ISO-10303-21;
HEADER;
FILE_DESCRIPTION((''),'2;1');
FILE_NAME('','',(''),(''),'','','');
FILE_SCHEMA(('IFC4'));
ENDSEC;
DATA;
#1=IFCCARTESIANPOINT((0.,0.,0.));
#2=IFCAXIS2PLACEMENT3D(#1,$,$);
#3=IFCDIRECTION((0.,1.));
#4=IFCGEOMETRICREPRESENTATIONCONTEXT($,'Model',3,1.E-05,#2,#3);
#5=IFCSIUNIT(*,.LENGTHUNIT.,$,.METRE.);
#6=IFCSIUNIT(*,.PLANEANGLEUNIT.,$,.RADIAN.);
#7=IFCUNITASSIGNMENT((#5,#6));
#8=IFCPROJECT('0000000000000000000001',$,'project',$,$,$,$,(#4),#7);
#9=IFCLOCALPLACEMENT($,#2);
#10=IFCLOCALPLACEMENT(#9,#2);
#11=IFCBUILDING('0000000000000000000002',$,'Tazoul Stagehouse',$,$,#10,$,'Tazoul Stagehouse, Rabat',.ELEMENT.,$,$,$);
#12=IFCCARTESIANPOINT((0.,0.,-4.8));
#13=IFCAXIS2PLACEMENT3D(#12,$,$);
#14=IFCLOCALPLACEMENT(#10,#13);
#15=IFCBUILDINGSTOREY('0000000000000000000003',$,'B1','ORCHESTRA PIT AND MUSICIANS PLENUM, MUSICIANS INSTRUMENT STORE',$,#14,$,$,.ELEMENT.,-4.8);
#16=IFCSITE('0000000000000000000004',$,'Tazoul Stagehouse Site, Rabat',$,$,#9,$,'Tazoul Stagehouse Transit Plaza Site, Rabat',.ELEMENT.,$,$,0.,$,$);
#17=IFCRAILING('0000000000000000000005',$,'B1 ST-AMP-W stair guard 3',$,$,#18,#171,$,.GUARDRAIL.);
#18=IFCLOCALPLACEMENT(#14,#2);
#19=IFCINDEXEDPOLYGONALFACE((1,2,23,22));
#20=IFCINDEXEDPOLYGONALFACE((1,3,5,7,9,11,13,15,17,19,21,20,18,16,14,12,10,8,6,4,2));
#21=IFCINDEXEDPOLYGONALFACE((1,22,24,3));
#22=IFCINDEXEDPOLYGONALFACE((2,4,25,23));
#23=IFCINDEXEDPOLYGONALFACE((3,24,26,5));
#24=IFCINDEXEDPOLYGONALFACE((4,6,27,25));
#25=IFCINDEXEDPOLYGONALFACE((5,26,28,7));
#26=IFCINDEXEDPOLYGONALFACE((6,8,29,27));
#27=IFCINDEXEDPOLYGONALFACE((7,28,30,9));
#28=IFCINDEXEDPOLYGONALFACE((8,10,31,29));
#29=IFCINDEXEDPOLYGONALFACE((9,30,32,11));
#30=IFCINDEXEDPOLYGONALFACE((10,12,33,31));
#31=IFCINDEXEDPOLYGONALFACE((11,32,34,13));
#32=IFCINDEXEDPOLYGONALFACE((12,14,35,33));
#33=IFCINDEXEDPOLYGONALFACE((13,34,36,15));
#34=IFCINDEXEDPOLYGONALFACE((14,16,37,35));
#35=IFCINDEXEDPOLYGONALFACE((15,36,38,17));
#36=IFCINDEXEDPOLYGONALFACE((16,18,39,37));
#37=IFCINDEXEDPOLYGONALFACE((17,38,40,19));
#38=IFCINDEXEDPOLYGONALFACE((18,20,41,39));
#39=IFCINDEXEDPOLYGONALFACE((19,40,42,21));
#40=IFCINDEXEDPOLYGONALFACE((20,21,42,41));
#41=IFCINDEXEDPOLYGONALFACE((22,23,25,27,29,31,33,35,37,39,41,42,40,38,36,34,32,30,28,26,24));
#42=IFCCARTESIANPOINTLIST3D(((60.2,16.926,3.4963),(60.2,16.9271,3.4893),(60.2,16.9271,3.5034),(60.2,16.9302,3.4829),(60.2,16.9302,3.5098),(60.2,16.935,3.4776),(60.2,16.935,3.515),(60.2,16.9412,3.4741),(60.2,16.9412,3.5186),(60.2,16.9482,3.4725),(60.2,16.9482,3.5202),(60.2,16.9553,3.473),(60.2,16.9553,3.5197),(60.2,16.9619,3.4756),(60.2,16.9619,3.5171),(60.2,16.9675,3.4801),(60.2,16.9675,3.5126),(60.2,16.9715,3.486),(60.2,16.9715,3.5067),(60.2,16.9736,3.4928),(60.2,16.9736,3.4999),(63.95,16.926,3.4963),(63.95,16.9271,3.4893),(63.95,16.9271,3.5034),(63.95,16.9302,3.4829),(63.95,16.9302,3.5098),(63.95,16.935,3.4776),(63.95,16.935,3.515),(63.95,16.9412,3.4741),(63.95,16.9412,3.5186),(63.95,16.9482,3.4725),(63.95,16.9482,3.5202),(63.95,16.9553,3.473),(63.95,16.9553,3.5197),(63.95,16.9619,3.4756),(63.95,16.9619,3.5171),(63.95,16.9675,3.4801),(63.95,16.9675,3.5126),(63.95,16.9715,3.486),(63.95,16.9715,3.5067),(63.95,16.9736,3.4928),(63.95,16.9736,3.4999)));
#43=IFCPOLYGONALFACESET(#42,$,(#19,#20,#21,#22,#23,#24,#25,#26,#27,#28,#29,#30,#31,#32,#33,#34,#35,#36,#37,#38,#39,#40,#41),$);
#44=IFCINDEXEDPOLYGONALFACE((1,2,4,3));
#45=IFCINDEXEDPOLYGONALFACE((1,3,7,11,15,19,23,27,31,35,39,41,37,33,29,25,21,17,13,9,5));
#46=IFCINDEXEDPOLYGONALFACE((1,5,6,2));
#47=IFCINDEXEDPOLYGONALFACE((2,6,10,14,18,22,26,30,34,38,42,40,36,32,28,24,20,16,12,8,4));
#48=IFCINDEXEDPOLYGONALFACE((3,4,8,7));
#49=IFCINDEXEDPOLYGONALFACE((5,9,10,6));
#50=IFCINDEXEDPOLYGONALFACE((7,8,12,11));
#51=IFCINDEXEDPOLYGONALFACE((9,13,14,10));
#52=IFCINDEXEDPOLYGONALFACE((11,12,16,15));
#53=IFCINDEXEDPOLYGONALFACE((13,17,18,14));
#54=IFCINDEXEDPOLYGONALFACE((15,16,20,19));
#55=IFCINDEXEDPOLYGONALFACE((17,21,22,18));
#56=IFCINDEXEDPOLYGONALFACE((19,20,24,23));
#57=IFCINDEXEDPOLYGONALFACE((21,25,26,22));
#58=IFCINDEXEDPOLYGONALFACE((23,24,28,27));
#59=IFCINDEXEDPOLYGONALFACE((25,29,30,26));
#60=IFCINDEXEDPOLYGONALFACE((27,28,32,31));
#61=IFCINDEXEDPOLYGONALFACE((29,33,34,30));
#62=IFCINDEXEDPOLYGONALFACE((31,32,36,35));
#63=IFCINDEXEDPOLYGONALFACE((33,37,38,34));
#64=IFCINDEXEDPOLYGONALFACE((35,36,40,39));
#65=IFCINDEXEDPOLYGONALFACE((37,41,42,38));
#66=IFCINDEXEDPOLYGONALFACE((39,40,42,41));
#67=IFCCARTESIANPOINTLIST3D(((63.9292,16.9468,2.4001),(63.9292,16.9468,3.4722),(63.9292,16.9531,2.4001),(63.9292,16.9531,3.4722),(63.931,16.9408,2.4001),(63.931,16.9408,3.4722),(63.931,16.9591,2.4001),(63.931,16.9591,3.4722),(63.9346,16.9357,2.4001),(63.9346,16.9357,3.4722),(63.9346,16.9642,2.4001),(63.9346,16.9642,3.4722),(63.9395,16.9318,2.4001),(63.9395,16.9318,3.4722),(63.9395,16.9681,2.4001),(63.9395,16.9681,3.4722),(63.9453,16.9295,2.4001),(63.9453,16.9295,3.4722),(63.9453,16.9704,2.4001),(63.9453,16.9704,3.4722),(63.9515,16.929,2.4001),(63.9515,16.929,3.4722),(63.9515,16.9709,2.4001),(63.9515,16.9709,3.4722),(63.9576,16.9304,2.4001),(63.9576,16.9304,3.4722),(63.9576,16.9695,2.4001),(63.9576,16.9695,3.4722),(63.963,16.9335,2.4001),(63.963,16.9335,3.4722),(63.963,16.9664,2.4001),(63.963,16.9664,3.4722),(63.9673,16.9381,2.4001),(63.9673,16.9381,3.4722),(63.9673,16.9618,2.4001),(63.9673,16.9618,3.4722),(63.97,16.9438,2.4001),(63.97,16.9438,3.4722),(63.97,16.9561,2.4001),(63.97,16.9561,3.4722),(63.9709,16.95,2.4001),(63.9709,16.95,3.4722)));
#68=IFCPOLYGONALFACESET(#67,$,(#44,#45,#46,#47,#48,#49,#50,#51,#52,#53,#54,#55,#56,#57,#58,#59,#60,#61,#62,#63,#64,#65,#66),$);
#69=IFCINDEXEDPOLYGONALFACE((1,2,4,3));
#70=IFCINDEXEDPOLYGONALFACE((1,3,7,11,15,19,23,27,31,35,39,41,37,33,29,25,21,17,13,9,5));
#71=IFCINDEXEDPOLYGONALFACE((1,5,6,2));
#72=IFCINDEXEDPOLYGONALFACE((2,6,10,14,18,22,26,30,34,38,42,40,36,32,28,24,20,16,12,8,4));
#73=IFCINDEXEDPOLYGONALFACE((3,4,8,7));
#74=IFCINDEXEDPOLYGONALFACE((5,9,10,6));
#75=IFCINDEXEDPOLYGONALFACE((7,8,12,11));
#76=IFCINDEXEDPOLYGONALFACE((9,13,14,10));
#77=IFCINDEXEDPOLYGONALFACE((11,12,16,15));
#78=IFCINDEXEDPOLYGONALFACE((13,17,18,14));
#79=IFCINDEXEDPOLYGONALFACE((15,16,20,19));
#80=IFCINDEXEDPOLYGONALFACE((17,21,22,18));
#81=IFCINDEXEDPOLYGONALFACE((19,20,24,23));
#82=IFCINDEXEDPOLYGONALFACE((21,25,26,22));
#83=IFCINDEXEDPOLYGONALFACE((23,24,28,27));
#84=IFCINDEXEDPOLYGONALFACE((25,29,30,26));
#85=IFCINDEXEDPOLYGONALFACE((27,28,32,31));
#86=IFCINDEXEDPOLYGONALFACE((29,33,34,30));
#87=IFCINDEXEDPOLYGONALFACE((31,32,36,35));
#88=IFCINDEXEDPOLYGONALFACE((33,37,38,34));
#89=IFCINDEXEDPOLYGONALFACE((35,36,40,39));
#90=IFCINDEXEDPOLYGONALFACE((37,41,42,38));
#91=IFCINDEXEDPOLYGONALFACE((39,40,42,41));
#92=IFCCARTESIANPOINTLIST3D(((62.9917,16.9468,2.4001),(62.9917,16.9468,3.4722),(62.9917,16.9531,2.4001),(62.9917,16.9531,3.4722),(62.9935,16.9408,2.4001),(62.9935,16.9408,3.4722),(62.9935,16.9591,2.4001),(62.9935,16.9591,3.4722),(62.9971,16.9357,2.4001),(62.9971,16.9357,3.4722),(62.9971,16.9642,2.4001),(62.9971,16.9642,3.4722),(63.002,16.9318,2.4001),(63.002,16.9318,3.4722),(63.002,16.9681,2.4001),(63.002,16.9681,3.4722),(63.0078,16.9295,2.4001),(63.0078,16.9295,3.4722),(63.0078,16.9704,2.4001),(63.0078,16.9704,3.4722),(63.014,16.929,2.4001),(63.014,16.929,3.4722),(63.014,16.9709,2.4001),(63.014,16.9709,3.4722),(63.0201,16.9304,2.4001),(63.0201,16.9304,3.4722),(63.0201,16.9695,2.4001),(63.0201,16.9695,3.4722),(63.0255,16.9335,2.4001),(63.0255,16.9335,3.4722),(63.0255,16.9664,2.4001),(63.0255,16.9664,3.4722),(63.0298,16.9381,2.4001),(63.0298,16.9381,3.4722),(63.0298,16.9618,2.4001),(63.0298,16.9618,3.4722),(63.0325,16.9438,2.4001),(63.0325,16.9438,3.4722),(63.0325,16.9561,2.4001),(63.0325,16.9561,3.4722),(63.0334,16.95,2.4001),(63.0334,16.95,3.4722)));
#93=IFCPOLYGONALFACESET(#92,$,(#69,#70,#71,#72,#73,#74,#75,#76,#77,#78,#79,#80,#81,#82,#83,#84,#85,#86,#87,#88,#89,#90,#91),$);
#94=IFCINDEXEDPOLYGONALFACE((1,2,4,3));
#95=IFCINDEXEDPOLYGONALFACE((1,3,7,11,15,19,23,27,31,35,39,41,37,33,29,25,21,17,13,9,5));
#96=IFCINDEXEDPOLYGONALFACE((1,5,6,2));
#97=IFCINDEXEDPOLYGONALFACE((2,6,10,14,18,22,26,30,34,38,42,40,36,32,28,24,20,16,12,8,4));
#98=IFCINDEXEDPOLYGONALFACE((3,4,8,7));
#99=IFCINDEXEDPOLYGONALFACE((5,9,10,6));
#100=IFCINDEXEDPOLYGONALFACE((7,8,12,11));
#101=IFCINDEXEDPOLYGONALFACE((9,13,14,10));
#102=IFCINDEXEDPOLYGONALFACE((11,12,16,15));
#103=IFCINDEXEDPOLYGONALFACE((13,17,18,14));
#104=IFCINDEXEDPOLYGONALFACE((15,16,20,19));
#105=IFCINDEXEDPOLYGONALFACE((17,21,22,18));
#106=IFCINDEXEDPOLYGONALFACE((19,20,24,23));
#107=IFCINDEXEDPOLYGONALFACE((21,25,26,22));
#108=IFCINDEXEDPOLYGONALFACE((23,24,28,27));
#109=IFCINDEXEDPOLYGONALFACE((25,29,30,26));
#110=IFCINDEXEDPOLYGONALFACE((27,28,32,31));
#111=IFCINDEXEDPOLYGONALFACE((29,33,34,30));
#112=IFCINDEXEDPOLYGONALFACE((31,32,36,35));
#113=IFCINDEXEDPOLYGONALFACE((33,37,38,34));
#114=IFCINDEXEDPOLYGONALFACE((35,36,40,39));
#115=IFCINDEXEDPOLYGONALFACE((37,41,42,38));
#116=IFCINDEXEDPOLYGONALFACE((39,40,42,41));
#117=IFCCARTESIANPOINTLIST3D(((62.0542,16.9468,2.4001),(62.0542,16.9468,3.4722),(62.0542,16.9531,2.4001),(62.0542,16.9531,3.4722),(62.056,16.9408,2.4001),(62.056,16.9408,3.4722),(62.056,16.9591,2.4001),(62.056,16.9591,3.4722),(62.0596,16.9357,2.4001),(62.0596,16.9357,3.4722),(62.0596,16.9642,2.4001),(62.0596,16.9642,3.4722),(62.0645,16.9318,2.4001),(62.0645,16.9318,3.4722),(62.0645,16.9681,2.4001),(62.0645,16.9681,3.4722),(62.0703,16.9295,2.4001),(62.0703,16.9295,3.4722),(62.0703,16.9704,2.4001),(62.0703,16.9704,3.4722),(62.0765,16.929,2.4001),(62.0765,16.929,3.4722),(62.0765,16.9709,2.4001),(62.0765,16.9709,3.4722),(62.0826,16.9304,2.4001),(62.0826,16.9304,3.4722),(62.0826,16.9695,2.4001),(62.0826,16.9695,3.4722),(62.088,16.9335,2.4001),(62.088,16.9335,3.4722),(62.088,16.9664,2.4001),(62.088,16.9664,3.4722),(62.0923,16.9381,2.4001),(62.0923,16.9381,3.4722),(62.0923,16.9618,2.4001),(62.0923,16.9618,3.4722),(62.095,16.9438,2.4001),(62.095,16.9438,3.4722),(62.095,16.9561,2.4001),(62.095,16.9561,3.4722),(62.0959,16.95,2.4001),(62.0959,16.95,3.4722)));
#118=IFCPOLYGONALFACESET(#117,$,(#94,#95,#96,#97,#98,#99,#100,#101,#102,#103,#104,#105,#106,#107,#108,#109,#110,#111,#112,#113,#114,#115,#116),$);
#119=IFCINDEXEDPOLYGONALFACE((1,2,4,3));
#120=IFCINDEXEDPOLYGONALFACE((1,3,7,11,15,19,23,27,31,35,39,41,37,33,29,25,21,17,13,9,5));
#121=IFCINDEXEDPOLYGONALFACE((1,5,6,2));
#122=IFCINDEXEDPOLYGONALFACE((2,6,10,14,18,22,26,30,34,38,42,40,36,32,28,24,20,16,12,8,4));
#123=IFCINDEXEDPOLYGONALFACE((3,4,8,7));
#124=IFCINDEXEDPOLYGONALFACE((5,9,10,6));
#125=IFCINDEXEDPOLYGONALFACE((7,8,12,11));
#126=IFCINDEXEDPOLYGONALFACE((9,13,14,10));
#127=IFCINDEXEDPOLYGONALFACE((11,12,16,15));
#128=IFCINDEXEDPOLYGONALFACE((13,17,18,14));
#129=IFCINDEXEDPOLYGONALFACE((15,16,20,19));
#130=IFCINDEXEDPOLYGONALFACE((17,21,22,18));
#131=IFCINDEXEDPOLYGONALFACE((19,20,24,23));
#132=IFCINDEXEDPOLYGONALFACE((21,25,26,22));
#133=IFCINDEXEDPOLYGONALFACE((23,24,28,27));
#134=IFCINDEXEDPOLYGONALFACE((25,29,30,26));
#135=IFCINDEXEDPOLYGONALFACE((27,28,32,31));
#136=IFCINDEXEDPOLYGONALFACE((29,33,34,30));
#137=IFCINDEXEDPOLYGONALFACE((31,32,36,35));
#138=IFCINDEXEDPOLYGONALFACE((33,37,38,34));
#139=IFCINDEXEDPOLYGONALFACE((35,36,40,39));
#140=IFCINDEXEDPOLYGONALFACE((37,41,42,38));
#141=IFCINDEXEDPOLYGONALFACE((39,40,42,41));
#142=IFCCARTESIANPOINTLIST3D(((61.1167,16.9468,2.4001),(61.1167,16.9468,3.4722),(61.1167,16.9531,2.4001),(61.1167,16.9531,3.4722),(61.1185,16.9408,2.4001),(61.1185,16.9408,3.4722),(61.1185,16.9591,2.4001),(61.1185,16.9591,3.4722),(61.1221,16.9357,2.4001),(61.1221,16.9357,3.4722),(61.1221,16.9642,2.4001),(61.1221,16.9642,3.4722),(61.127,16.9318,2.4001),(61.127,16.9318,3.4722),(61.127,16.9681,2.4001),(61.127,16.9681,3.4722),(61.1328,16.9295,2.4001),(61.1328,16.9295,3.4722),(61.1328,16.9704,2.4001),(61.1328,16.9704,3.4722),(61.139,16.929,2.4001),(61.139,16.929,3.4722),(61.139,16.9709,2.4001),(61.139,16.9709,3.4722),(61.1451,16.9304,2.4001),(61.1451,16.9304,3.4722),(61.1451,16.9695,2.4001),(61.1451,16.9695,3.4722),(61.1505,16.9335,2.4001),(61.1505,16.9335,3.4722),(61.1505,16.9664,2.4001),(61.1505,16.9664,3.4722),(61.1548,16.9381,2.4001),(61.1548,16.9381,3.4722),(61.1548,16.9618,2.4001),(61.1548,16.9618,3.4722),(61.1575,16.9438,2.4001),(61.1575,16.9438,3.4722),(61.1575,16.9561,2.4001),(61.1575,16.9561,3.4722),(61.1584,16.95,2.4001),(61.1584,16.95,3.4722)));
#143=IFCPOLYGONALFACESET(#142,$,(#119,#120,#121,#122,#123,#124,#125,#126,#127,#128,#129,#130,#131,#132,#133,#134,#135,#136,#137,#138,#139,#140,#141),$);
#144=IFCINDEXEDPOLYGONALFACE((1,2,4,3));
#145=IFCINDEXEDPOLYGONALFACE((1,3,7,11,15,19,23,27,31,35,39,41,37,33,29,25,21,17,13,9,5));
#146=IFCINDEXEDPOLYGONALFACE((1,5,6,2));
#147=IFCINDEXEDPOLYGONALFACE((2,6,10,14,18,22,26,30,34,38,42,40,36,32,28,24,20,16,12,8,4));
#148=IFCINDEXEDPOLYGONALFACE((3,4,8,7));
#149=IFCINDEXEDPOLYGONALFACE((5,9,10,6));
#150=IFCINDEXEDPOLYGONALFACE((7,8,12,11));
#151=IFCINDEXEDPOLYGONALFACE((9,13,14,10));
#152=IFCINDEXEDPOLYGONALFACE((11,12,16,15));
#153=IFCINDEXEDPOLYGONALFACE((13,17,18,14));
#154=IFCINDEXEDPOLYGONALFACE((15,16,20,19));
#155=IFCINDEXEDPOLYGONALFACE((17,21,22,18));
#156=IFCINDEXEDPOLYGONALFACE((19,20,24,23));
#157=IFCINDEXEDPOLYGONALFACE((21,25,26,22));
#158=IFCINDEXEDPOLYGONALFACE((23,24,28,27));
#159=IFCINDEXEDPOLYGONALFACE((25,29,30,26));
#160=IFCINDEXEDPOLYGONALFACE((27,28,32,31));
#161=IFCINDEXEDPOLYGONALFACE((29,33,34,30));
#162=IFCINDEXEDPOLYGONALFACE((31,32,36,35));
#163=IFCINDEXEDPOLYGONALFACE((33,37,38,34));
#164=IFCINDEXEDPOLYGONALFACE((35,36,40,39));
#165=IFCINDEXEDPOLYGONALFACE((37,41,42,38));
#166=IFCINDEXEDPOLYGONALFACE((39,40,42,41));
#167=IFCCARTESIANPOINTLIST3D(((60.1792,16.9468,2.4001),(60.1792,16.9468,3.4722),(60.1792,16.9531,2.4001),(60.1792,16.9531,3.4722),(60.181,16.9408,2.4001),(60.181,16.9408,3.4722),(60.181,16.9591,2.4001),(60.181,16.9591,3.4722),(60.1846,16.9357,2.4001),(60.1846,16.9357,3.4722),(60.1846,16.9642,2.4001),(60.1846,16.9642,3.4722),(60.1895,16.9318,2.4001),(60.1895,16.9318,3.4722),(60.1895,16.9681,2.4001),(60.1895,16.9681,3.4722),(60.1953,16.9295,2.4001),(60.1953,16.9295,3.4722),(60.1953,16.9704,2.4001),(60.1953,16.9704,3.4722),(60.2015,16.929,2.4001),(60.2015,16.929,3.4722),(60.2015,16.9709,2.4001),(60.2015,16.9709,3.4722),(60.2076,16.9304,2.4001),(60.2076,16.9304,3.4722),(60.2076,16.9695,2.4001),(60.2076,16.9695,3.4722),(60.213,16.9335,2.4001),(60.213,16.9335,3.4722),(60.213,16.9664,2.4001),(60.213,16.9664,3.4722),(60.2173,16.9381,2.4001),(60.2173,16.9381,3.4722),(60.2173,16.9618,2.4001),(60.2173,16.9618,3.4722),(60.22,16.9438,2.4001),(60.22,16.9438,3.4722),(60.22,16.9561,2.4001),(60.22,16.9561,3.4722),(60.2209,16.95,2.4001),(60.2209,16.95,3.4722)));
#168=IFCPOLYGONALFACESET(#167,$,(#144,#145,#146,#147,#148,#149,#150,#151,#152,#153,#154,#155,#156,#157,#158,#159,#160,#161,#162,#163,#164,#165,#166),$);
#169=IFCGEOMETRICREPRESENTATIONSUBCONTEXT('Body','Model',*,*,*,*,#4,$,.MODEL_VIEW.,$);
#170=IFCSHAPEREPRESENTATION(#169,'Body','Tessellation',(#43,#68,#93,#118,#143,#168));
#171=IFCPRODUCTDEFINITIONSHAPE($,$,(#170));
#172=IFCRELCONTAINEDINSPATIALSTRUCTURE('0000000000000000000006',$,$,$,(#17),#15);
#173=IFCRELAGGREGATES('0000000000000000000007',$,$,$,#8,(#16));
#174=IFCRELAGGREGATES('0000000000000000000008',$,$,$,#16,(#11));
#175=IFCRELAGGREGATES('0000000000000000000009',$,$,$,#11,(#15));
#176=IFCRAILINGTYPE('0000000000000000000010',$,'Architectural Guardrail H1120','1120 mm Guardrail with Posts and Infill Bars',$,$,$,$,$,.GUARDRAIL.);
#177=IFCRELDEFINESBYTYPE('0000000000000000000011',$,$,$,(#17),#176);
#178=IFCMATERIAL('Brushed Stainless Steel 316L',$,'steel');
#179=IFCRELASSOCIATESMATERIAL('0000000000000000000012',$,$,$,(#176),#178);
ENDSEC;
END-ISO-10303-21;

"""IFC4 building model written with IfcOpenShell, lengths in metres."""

from ifc_helpers import new_model, si_unit, direction, frame, origin, origin_2d, place, context, subcontext, project, spatial, circle, extrude, material, material_profile, profile_set, type_object, element, save


model = new_model("IFC4")

# Units and contexts
model_context = context("Model", 3, precision=1e-05, world=origin(), true_north=direction((0.0, 1.0)))
body_context = subcontext(model_context, "Body", "Model", "MODEL_VIEW")
ifc_project = project(units=[si_unit("LENGTHUNIT", "METRE"), si_unit("PLANEANGLEUNIT", "RADIAN")], contexts=[model_context])

# Site, building, storey
site_placement = place(None, origin())
site = spatial("IfcSite", under=ifc_project, at=site_placement, Name="Tazoul Stagehouse Site, Rabat", LongName="Tazoul Stagehouse Transit Plaza Site, Rabat", CompositionType="ELEMENT", RefElevation=0.0)
building_placement = place(site_placement, origin())
building = spatial("IfcBuilding", under=site, at=building_placement, Name="Tazoul Stagehouse", LongName="Tazoul Stagehouse, Rabat", CompositionType="ELEMENT")
storey_placement = place(building_placement, frame((0.0, 0.0, -4.8)))
storey = spatial("IfcBuildingStorey", under=building, at=storey_placement, Name="B1", Description="ORCHESTRA PIT AND MUSICIANS PLENUM, MUSICIANS INSTRUMENT STORE", CompositionType="ELEMENT", Elevation=-4.8)

# Railing
ifc_material_1 = material(Name="Brushed Stainless Steel 316L", Category="steel")
ifc_material_profile_1 = material_profile(ifc_material_1, circle(Radius=0.0239, at=origin_2d()), Name="SS RAIL D48")
ifc_profile_set_1 = profile_set([ifc_material_profile_1], Name="Brushed Stainless Steel 316L")
railing_type_1 = type_object("IfcRailingType", Name="Architectural Guardrail H1120", Description="1120 mm Guardrail with Posts and Infill Bars", PredefinedType="GUARDRAIL", material=ifc_profile_set_1)
railing_1_placement = place(storey_placement, frame((63.95, 16.95, 2.4001)))
element("IfcRailing", 1, at=railing_1_placement, inside=storey, type_object=railing_type_1, Name="B1 ST-AMP-W stair guard 3", PredefinedType="GUARDRAIL", context=body_context, shape_type="SweptSolid", body=[
    extrude(circle(Radius=0.0239, at=origin_2d()), frame((0.0, 0.0, 1.0962), z_axis=(-1.0, 0.0, 0.0), x_axis=(0.0, -1.0, 0.0)), (0.0, 0.0, 1.0), 3.75),
    extrude(circle(Radius=0.021, at=origin_2d()), origin(), (0.0, 0.0, 1.0), 1.072),
    extrude(circle(Radius=0.021, at=origin_2d()), frame((-0.9375, 0.0, 0.0)), (0.0, 0.0, 1.0), 1.072),
    extrude(circle(Radius=0.021, at=origin_2d()), frame((-1.875, 0.0, 0.0)), (0.0, 0.0, 1.0), 1.072),
    extrude(circle(Radius=0.021, at=origin_2d()), frame((-2.8125, 0.0, 0.0)), (0.0, 0.0, 1.0), 1.072),
    extrude(circle(Radius=0.021, at=origin_2d()), frame((-3.75, 0.0, 0.0)), (0.0, 0.0, 1.0), 1.072),
])

save(model, "model.ifc")
